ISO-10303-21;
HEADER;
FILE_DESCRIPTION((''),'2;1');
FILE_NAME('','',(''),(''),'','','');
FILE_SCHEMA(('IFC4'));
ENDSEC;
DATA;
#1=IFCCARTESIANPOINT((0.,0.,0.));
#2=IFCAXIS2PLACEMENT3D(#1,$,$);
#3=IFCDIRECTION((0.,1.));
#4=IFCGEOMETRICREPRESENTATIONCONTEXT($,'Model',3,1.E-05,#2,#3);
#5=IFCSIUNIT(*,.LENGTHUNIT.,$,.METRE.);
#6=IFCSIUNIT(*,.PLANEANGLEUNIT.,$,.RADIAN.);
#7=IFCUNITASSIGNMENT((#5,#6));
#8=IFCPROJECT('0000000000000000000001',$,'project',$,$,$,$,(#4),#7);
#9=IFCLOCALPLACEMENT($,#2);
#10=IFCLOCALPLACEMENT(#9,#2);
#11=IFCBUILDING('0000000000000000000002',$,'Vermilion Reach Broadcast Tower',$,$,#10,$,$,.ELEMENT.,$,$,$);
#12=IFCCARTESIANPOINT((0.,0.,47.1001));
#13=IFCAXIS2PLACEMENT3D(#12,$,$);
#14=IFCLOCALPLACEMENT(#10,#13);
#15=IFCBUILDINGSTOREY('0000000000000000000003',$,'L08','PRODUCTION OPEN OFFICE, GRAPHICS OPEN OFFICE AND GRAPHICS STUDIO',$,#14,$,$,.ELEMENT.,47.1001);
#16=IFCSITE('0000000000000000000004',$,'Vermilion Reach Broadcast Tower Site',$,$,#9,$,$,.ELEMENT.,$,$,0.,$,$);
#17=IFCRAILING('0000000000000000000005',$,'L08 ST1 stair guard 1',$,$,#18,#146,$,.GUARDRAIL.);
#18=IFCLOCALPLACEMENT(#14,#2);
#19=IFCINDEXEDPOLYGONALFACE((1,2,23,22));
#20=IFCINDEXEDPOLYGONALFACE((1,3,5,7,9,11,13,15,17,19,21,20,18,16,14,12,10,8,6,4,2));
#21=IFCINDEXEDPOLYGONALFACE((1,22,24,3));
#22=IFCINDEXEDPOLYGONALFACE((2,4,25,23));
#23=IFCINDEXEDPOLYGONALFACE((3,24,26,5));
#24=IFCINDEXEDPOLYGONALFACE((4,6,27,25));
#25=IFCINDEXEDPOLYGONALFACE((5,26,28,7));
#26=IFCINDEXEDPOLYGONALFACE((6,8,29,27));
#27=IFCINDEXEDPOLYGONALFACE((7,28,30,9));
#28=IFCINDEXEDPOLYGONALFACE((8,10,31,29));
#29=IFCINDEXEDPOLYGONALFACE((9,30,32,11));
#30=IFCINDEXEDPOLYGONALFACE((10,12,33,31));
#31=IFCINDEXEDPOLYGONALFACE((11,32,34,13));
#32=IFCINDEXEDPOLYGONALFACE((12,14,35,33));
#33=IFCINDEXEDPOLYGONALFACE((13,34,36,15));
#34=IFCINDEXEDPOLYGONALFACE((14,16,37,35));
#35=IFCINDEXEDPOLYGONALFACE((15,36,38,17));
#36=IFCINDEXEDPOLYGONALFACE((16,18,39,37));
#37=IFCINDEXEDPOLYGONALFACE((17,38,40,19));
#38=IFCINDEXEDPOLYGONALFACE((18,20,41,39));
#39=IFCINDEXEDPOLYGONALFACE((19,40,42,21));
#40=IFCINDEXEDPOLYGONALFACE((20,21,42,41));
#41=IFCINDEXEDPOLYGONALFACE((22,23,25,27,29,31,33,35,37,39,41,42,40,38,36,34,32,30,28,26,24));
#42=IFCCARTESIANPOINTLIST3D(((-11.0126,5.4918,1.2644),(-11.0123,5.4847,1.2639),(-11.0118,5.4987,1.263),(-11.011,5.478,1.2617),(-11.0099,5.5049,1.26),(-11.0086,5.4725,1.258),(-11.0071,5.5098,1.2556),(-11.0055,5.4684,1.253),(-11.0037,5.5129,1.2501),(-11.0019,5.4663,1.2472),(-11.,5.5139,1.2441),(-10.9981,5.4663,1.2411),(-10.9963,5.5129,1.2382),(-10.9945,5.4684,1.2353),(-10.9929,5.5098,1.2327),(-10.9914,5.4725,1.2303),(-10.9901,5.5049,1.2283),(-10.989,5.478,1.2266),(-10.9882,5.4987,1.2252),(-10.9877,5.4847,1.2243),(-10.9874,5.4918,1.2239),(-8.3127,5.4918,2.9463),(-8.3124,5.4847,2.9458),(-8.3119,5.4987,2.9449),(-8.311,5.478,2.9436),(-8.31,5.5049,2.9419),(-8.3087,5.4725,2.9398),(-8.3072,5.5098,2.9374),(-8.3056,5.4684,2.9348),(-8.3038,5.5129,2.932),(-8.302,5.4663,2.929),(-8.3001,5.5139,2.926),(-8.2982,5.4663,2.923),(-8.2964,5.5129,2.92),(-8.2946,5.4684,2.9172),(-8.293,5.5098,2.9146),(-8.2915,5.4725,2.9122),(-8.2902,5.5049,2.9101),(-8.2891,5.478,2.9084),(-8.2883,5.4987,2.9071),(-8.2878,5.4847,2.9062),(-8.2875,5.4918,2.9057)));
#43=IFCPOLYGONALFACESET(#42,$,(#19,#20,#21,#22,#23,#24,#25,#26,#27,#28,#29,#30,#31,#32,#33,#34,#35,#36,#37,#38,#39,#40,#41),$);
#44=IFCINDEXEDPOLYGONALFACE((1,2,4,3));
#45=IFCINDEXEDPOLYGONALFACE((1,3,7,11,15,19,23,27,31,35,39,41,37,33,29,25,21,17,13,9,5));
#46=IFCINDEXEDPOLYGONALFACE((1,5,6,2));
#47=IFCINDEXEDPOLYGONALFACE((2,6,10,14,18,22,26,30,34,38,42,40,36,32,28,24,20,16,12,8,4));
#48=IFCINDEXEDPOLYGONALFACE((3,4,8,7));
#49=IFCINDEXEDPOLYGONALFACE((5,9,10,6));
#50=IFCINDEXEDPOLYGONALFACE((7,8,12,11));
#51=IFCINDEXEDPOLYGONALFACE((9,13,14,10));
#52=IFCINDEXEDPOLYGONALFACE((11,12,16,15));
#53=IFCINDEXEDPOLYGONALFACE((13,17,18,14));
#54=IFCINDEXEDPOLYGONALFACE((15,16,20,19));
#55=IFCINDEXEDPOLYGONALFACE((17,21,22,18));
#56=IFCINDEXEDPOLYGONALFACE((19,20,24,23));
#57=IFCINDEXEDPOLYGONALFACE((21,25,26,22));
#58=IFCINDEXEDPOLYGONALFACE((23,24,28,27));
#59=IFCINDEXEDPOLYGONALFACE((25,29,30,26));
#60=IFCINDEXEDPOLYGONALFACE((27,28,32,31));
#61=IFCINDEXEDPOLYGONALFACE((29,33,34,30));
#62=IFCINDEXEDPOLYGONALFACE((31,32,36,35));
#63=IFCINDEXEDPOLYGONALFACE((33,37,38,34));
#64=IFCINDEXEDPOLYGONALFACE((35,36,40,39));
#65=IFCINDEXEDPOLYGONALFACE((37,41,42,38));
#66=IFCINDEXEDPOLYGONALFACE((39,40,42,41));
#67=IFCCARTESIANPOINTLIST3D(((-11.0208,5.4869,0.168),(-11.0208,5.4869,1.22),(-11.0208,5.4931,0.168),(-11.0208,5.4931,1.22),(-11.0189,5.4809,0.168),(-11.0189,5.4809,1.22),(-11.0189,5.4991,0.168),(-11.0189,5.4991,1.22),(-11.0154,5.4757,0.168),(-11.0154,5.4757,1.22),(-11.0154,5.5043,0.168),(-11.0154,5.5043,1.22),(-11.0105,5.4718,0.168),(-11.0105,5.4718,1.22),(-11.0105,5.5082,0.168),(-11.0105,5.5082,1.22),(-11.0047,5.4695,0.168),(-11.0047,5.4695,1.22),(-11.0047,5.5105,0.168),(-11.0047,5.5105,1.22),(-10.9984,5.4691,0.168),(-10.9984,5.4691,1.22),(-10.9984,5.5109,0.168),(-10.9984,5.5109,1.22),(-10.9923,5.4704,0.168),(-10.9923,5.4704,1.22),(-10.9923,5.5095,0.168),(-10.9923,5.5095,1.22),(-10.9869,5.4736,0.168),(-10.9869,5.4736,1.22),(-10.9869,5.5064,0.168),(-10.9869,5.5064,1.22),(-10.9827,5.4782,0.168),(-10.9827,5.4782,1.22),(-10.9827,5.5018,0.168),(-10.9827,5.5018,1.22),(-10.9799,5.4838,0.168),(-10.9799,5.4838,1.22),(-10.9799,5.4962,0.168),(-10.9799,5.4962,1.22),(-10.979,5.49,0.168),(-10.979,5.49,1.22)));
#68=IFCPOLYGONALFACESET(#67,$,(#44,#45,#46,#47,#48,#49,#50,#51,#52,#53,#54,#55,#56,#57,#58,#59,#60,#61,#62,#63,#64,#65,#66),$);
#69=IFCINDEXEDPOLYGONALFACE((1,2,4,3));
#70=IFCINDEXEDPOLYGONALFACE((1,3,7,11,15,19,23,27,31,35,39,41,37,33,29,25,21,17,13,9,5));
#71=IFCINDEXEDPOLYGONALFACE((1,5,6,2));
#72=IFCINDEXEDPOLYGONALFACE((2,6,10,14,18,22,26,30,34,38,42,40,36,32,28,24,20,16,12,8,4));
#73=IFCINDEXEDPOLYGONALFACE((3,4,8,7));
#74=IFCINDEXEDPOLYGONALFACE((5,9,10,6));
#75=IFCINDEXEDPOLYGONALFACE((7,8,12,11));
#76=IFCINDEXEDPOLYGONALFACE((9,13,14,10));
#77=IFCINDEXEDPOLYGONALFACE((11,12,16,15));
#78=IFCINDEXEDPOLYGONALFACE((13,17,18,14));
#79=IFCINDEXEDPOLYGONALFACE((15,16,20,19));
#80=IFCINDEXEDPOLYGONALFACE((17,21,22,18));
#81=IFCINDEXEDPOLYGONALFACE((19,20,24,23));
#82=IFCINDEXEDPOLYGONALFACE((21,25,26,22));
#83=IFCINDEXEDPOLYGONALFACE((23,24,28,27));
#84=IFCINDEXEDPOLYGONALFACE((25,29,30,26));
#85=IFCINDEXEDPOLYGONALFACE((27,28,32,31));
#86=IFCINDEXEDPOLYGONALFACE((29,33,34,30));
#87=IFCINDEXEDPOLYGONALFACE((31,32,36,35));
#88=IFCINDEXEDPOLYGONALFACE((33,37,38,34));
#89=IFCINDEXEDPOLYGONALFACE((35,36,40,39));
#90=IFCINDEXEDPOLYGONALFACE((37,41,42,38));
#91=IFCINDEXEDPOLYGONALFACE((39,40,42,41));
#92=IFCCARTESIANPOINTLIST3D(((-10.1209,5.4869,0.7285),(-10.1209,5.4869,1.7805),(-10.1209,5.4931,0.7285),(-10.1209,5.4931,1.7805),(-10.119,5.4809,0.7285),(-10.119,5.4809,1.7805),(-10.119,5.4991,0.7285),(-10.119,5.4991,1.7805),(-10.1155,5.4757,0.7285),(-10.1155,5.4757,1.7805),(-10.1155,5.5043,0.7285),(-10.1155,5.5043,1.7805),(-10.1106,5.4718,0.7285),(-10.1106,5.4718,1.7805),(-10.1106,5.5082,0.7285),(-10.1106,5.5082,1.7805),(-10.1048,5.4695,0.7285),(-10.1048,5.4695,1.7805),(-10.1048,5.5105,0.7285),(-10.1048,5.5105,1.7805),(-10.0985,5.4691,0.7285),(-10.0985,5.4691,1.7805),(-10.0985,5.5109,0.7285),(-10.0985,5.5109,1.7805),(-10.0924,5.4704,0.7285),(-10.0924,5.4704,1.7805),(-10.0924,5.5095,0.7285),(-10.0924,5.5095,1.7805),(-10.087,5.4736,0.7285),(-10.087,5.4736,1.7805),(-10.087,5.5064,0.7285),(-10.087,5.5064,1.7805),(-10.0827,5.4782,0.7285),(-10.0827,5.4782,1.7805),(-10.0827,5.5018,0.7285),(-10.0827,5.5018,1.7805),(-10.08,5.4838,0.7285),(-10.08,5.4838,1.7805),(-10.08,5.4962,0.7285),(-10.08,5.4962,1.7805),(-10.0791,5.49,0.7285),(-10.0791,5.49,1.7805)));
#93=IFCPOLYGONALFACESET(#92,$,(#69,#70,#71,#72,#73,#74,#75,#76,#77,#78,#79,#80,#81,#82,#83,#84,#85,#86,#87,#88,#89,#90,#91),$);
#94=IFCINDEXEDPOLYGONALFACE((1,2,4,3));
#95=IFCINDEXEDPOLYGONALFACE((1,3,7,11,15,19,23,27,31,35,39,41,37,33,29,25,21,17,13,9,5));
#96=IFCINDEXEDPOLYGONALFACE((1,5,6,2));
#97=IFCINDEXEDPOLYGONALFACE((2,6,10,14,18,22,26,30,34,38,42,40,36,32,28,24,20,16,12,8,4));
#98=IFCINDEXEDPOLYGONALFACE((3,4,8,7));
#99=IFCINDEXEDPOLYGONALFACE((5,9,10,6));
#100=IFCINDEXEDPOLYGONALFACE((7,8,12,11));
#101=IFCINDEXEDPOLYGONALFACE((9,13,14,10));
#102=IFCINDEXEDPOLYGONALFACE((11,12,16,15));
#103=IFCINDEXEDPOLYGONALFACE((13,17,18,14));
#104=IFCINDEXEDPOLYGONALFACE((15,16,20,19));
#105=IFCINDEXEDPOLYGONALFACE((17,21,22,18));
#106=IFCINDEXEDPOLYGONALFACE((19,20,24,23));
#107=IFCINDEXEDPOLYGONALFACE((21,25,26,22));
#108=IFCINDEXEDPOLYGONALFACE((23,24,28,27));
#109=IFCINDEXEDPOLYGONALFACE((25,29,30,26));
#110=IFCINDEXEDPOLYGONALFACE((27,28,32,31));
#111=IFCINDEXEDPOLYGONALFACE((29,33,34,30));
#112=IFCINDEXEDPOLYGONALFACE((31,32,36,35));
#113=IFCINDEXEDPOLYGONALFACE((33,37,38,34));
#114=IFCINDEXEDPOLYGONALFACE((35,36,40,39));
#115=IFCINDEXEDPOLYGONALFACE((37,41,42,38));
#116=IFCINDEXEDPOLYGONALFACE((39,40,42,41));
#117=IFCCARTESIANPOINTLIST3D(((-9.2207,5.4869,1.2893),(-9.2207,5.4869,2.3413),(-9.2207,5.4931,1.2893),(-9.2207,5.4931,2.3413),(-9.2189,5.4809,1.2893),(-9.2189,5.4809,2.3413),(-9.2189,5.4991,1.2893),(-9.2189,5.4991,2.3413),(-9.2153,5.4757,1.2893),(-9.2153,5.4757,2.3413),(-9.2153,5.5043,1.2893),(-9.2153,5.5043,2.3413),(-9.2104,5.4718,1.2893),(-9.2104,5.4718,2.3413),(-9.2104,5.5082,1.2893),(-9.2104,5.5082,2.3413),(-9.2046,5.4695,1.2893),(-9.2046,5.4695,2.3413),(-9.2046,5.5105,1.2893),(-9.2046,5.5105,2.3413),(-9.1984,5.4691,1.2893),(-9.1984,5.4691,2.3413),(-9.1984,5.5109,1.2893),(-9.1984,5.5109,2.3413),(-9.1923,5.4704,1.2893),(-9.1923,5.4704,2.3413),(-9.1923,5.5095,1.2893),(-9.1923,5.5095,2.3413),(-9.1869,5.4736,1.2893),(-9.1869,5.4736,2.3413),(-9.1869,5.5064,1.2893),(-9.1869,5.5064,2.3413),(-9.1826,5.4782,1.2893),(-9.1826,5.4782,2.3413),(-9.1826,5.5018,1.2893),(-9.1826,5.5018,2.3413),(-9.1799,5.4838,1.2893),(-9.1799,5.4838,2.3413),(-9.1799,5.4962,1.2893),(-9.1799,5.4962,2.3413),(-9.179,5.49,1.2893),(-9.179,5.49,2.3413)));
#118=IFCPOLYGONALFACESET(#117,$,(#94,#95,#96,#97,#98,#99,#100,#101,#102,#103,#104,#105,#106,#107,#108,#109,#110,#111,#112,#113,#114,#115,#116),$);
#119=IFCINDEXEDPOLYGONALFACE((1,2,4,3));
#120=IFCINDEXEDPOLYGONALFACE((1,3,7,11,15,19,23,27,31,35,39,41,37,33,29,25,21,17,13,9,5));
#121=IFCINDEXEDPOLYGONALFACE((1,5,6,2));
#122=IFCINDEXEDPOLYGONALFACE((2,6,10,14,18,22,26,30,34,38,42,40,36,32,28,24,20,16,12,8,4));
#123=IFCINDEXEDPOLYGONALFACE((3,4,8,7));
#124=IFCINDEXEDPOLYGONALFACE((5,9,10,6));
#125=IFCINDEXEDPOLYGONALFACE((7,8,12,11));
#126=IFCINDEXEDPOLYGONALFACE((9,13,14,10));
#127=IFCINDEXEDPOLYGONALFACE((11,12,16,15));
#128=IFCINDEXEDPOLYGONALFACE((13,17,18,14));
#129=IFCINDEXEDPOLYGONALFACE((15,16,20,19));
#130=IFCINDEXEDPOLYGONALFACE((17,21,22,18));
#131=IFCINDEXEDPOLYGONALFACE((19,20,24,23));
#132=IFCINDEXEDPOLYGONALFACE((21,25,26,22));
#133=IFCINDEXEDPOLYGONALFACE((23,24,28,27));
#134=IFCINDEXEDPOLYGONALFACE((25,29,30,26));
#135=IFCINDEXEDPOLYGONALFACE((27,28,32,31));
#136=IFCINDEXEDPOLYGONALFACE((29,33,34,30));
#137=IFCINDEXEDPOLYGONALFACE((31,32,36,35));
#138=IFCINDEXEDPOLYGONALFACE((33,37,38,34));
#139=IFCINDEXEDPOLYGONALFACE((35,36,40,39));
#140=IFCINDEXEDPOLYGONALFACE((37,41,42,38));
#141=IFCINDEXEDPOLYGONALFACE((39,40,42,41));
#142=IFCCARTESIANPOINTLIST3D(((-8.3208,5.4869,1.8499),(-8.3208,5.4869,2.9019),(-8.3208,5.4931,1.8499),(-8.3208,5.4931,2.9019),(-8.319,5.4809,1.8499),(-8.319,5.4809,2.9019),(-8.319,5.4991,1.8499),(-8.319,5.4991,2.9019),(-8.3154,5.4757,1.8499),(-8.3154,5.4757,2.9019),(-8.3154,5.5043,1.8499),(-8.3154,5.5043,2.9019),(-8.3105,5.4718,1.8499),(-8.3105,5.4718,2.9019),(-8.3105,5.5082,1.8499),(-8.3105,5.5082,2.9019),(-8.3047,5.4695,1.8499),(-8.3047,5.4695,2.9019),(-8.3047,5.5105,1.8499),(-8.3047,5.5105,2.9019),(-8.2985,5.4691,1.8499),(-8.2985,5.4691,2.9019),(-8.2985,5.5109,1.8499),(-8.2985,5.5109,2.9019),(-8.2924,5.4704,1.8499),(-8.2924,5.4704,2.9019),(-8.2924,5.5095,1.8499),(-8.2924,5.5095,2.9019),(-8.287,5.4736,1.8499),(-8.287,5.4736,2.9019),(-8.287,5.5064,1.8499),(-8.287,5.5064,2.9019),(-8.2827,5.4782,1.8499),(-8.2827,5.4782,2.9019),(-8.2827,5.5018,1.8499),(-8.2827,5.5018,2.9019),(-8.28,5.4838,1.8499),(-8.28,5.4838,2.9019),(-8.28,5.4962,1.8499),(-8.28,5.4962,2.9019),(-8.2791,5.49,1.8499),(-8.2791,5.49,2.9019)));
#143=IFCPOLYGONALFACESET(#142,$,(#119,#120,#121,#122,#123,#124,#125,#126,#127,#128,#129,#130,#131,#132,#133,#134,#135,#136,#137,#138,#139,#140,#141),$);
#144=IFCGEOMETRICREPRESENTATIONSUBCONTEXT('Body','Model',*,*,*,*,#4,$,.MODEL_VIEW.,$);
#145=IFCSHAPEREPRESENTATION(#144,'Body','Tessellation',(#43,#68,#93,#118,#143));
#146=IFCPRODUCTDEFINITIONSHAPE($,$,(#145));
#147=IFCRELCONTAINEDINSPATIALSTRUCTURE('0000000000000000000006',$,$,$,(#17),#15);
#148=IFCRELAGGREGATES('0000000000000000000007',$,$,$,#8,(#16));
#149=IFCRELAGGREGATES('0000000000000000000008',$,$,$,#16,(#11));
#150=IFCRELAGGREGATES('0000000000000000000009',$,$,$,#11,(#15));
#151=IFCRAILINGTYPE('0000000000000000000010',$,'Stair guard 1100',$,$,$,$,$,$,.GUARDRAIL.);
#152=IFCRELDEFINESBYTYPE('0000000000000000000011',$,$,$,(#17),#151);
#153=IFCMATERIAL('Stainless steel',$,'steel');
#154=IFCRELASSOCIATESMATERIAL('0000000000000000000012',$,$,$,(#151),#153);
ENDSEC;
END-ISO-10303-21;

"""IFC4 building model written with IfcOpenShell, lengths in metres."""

from ifc_helpers import new_model, si_unit, direction, frame, origin, origin_2d, place, context, subcontext, project, spatial, circle, extrude, material, type_object, element, save


model = new_model("IFC4")

# Units and contexts
model_context = context("Model", 3, precision=1e-05, world=origin(), true_north=direction((0.0, 1.0)))
body_context = subcontext(model_context, "Body", "Model", "MODEL_VIEW")
ifc_project = project(units=[si_unit("LENGTHUNIT", "METRE"), si_unit("PLANEANGLEUNIT", "RADIAN")], contexts=[model_context])

# Site, building, storey
site_placement = place(None, origin())
site = spatial("IfcSite", under=ifc_project, at=site_placement, Name="Vermilion Reach Broadcast Tower Site", CompositionType="ELEMENT", RefElevation=0.0)
building_placement = place(site_placement, origin())
building = spatial("IfcBuilding", under=site, at=building_placement, Name="Vermilion Reach Broadcast Tower", CompositionType="ELEMENT")
storey_placement = place(building_placement, frame((0.0, 0.0, 47.1001)))
storey = spatial("IfcBuildingStorey", under=building, at=storey_placement, Name="L08", Description="PRODUCTION OPEN OFFICE, GRAPHICS OPEN OFFICE AND GRAPHICS STUDIO", CompositionType="ELEMENT", Elevation=47.1001)

# Railing
ifc_material_1 = material(Name="Stainless steel", Category="steel")
railing_type_1 = type_object("IfcRailingType", Name="Stair guard 1100", PredefinedType="GUARDRAIL", material=ifc_material_1)
railing_1_placement = place(storey_placement, frame((-11.0, 5.49, 0.168)))
element("IfcRailing", 1, at=railing_1_placement, inside=storey, type_object=railing_type_1, Name="L08 ST1 stair guard 1", PredefinedType="GUARDRAIL", context=body_context, shape_type="SweptSolid", body=[
    extrude(circle(Radius=0.0239, at=origin_2d()), frame((0.0, 0.0, 1.0762), z_axis=(0.848786, 0.0, 0.528736), x_axis=(0.0, 1.0, 0.0)), (0.0, 0.0, 1.0), 3.1809),
    extrude(circle(Radius=0.021, at=origin_2d()), origin(), (0.0, 0.0, 1.0), 1.052),
    extrude(circle(Radius=0.021, at=origin_2d()), frame((0.8999, 0.0, 0.5605)), (0.0, 0.0, 1.0), 1.052),
    extrude(circle(Radius=0.021, at=origin_2d()), frame((1.8, 0.0, 1.1213)), (0.0, 0.0, 1.0), 1.052),
    extrude(circle(Radius=0.021, at=origin_2d()), frame((2.7, 0.0, 1.6819)), (0.0, 0.0, 1.0), 1.052),
])

save(model, "model.ifc")
